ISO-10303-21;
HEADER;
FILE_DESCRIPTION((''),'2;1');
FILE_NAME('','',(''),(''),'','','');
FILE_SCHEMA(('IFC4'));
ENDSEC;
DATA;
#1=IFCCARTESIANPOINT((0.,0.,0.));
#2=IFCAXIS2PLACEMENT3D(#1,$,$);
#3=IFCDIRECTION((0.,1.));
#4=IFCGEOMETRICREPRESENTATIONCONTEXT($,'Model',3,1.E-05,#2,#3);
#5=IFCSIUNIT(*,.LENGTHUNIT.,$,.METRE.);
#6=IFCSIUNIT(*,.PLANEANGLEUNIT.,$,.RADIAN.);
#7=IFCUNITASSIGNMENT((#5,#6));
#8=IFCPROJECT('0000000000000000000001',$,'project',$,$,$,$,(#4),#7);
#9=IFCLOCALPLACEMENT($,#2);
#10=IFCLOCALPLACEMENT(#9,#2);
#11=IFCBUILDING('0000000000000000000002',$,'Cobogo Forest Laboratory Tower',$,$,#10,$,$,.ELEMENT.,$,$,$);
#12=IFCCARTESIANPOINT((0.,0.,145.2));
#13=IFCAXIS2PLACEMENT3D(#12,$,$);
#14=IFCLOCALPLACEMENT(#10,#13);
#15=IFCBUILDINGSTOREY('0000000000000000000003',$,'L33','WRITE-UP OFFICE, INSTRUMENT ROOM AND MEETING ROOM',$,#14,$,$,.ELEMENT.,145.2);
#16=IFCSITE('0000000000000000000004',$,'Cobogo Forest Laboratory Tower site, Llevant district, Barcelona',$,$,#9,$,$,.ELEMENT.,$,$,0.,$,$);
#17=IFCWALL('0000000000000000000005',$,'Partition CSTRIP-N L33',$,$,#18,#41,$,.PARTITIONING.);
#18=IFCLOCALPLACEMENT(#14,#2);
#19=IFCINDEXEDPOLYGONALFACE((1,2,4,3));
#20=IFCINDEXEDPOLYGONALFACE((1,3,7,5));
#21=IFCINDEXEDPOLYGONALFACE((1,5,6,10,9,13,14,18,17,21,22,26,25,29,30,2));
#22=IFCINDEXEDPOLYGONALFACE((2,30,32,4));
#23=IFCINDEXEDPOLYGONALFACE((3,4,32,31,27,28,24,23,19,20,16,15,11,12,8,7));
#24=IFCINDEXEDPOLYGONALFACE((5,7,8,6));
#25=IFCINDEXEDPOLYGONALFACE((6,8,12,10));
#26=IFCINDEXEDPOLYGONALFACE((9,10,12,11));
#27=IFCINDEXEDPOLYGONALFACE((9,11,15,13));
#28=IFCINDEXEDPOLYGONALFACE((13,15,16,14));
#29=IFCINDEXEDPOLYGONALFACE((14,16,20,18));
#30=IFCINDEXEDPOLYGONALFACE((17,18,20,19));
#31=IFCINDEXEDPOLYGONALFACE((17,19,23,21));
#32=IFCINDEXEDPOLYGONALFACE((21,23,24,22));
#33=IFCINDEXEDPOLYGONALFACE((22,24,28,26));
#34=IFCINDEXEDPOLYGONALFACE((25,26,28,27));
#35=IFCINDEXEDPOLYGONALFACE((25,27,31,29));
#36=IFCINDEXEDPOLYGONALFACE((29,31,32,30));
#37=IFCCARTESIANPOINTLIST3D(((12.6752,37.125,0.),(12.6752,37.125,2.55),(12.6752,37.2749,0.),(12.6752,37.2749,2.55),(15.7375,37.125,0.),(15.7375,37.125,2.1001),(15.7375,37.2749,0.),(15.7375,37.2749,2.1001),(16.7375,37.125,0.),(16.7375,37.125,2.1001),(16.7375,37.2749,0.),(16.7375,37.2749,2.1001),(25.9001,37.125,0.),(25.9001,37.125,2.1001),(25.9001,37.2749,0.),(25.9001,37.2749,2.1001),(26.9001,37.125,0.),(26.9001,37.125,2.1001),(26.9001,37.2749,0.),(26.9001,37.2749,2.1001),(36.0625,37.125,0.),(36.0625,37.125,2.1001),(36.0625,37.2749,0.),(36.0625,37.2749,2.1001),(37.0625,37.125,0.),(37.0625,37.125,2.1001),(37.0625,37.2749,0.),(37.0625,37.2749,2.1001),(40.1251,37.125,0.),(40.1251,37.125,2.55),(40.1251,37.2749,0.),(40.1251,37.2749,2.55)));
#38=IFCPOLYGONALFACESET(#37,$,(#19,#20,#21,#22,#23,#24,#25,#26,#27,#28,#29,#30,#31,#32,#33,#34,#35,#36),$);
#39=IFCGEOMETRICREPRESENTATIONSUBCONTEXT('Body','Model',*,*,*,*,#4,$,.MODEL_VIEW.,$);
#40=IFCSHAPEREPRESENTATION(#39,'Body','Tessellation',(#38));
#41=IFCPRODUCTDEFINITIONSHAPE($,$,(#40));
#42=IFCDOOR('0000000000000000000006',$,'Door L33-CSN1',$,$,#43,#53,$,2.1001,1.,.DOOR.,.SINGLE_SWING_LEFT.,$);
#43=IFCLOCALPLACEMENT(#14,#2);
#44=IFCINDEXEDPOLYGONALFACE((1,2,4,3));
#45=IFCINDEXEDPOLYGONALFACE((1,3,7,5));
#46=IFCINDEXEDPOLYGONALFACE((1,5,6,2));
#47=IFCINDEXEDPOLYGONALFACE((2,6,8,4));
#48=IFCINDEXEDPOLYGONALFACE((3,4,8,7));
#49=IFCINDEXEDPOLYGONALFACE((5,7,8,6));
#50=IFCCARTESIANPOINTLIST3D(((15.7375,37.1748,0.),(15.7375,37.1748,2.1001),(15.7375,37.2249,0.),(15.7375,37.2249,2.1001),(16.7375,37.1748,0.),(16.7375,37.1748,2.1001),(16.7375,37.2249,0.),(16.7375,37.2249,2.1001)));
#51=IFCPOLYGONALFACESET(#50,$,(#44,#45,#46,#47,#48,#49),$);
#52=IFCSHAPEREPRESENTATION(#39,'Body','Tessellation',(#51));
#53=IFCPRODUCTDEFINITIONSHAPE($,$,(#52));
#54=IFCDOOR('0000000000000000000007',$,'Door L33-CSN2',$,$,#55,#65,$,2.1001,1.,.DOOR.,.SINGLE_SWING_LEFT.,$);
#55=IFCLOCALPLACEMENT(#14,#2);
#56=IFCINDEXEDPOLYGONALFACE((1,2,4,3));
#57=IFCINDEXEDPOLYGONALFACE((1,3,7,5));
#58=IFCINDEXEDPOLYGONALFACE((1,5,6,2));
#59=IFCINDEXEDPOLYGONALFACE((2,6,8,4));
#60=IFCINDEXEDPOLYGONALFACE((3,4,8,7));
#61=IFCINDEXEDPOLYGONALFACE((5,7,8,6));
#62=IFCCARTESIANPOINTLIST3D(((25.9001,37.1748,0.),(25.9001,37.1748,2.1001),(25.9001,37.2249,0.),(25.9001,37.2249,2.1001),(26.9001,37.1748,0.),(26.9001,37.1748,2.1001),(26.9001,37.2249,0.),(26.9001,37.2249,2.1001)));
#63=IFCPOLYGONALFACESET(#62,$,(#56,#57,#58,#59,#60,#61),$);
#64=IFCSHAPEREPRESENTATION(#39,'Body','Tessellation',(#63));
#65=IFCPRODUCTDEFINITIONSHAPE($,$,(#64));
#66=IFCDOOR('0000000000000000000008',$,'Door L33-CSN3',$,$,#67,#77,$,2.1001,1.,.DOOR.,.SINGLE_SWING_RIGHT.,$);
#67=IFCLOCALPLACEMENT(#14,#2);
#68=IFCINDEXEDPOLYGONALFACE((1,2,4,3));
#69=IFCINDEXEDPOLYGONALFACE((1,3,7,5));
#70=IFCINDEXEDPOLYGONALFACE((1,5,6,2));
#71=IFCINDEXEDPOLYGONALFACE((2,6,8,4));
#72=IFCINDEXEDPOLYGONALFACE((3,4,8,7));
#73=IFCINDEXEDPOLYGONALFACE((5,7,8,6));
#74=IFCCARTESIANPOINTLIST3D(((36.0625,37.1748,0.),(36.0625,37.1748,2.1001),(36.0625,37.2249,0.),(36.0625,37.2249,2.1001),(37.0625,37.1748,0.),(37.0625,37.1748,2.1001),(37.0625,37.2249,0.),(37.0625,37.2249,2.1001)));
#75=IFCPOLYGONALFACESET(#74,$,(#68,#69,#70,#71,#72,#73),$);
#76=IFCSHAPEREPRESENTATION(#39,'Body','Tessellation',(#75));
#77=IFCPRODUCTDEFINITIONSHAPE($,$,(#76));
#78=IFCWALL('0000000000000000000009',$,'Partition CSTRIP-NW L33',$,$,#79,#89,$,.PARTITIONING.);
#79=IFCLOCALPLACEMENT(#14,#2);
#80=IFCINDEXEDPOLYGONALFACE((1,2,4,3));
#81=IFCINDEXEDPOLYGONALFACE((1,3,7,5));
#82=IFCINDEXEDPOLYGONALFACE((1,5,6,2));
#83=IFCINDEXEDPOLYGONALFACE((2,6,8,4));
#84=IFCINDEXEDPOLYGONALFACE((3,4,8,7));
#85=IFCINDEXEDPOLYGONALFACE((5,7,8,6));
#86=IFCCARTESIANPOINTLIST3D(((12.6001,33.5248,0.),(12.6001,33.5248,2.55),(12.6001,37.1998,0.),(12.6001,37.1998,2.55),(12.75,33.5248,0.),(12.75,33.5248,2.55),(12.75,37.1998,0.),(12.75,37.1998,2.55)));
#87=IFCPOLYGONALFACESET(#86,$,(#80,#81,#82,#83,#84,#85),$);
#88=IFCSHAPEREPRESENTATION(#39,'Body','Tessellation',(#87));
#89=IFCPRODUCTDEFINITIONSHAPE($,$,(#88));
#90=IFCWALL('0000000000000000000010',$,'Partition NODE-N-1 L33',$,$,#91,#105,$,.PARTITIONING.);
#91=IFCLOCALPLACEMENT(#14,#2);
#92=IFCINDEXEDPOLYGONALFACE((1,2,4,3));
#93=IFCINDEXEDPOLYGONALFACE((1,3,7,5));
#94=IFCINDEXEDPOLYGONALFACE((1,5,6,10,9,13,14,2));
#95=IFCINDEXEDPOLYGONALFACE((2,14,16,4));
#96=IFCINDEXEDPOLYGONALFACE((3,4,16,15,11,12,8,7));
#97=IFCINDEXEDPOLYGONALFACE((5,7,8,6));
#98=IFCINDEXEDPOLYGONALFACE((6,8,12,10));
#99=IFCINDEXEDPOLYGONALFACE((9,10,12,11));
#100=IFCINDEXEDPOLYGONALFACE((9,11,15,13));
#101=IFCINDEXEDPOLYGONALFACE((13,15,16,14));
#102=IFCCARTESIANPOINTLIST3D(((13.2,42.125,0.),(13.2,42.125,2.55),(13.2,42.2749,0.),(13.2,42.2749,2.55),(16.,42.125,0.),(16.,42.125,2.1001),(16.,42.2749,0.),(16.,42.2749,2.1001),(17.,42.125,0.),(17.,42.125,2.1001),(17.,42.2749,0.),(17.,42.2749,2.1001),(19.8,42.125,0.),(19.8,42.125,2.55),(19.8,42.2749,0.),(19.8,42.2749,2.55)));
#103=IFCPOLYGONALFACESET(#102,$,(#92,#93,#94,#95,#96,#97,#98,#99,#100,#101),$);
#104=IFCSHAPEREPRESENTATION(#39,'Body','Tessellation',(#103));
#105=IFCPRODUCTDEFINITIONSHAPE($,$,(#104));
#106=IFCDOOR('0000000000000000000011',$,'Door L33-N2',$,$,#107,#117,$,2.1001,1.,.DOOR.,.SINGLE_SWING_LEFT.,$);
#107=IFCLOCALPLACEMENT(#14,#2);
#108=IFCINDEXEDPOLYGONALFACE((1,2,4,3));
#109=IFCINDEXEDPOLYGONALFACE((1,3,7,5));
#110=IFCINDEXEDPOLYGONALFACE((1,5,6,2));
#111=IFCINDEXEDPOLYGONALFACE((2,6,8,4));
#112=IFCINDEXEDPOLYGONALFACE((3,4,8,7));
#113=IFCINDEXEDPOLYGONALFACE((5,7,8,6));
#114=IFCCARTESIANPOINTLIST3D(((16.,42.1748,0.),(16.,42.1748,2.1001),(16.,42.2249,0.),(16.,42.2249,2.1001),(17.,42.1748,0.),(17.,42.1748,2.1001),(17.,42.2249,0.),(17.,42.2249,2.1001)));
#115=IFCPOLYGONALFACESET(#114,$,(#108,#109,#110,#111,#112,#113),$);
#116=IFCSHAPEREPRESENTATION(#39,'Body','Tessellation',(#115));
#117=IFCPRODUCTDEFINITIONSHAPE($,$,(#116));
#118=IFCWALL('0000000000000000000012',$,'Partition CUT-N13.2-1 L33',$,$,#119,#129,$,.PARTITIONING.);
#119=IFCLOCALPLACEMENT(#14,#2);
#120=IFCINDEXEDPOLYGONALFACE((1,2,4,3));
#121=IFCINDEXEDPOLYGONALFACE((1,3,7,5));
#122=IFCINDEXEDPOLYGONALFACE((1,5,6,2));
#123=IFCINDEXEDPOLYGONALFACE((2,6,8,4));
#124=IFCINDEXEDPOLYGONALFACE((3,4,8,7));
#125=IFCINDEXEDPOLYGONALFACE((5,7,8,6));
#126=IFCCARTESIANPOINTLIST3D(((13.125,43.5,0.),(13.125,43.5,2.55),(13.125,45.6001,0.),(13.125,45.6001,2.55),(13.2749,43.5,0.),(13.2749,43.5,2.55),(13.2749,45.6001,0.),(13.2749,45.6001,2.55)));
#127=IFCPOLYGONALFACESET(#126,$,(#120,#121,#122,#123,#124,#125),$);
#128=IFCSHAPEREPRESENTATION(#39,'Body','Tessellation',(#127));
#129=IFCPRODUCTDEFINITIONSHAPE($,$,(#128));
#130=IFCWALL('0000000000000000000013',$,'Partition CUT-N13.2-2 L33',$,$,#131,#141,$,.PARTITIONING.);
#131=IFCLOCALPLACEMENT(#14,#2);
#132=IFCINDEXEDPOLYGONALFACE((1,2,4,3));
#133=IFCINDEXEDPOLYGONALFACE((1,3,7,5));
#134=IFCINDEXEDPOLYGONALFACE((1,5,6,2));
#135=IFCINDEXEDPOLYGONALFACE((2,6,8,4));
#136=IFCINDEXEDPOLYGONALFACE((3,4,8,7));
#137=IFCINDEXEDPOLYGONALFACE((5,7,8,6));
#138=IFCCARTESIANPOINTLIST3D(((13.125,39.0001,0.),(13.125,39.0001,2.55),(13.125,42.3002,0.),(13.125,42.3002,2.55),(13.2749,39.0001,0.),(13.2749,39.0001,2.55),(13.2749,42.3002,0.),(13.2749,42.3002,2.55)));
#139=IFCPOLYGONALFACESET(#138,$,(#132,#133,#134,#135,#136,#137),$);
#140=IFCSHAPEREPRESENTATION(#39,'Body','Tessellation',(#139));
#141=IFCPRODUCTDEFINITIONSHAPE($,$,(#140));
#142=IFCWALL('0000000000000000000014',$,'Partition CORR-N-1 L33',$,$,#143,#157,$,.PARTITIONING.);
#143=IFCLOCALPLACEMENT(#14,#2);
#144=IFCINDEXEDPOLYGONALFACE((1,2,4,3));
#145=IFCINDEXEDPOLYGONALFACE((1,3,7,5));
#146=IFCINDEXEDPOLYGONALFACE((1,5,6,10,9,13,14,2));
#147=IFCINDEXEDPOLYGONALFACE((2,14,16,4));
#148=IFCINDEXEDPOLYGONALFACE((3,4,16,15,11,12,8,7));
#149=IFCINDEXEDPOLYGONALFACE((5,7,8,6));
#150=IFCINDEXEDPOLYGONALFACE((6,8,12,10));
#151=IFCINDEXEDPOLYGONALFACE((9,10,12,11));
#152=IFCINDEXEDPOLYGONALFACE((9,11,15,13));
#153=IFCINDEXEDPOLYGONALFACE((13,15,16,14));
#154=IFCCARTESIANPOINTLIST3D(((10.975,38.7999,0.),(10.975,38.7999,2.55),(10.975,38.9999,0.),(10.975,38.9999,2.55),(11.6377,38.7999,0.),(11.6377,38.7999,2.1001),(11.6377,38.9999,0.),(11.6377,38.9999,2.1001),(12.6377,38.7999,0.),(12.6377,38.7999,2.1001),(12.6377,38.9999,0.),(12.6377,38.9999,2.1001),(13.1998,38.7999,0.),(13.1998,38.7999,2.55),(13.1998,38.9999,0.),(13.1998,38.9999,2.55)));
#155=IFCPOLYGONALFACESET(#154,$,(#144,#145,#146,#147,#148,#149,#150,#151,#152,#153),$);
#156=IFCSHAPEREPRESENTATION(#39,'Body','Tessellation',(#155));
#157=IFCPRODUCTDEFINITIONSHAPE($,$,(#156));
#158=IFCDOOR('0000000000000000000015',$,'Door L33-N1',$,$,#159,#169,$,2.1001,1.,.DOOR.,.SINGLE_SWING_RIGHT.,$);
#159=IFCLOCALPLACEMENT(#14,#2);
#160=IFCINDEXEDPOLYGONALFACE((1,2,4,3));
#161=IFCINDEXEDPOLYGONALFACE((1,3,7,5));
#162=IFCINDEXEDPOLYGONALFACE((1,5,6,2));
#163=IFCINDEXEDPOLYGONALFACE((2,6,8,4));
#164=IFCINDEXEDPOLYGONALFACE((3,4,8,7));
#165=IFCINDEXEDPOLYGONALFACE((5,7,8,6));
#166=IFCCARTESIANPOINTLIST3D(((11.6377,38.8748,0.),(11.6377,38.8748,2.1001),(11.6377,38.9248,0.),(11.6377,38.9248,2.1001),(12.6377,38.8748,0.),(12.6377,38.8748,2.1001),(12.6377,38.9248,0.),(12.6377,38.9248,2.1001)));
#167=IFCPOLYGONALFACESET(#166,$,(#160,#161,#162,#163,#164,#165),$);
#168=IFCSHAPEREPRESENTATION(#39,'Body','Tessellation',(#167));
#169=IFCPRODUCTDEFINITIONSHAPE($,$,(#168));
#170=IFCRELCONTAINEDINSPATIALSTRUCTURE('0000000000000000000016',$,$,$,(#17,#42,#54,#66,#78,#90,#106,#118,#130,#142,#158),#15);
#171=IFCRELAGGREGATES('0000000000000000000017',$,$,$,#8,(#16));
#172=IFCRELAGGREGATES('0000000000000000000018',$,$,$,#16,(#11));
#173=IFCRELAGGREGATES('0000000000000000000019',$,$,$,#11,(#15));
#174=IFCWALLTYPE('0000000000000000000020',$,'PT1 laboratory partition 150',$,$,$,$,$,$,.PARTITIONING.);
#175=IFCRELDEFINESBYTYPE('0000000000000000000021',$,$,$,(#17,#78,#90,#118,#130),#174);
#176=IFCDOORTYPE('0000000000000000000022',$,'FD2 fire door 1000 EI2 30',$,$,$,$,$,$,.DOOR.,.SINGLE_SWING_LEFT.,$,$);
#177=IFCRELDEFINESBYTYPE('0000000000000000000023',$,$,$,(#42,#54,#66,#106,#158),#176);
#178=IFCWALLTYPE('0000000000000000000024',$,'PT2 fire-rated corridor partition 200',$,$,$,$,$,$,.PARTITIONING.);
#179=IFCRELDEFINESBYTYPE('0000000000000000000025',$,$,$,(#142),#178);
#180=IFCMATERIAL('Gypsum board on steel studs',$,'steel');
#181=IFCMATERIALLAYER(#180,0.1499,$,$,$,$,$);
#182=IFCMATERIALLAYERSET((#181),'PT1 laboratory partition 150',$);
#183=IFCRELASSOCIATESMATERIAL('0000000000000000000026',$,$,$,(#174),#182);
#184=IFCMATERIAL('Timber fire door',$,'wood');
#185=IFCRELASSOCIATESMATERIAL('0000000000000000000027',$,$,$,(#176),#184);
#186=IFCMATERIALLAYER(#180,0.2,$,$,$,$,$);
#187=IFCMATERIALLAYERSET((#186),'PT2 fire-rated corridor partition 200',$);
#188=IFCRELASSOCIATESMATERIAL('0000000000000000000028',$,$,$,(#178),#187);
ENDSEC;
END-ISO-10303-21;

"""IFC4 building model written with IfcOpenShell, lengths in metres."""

from ifc_helpers import new_model, si_unit, direction, frame, frame_2d, origin, place, context, subcontext, project, spatial, rectangle, extrude, material, layer, layer_set, type_object, element, fill, save


model = new_model("IFC4")

# Units and contexts
model_context = context("Model", 3, precision=1e-05, world=origin(), true_north=direction((0.0, 1.0)))
body_context = subcontext(model_context, "Body", "Model", "MODEL_VIEW")
ifc_project = project(units=[si_unit("LENGTHUNIT", "METRE"), si_unit("PLANEANGLEUNIT", "RADIAN")], contexts=[model_context])

# Site, building, storey
site_placement = place(None, origin())
site = spatial("IfcSite", under=ifc_project, at=site_placement, Name="Cobogo Forest Laboratory Tower site, Llevant district, Barcelona", CompositionType="ELEMENT", RefElevation=0.0)
building_placement = place(site_placement, origin())
building = spatial("IfcBuilding", under=site, at=building_placement, Name="Cobogo Forest Laboratory Tower", CompositionType="ELEMENT")
storey_placement = place(building_placement, frame((0.0, 0.0, 145.2)))
storey = spatial("IfcBuildingStorey", under=building, at=storey_placement, Name="L33", Description="WRITE-UP OFFICE, INSTRUMENT ROOM AND MEETING ROOM", CompositionType="ELEMENT", Elevation=145.2)

# Wall, openings, doors
ifc_material_1 = material(Name="Gypsum board on steel studs", Category="steel")
ifc_layer_1 = layer(ifc_material_1, 0.1499)
ifc_layer_set_1 = layer_set([ifc_layer_1], Name="PT1 laboratory partition 150")
wall_type_1 = type_object("IfcWallType", Name="PT1 laboratory partition 150", PredefinedType="PARTITIONING", material=ifc_layer_set_1)
wall_1_placement = place(storey_placement, frame((12.675, 37.2, 0.0), z_axis=(0.0, 0.0, 1.0), x_axis=(1.0, 0.0, 0.0)))
wall_1 = element("IfcWall", 1, at=wall_1_placement, inside=storey, type_object=wall_type_1, Name="Partition CSTRIP-N L33", PredefinedType="PARTITIONING", context=body_context, shape_type="SweptSolid", body=[
    extrude(rectangle(XDim=27.45, YDim=0.1499, at=frame_2d((13.7251, 0.0))), origin(), (0.0, 0.0, 1.0), 2.55),
])
opening_1_placement = place(wall_1_placement, frame((3.0625, 0.0, 0.0)))
opening_1 = element("IfcOpeningElement", 2, at=opening_1_placement, cuts=wall_1, PredefinedType="OPENING", context=body_context, shape_type="SweptSolid", body=[
    extrude(rectangle(XDim=1.0, YDim=2.1001, at=frame_2d((0.5, 1.05))), frame((0.0, 0.085, 0.0), z_axis=(0.0, -1.0, 0.0), x_axis=(1.0, 0.0, 0.0)), (0.0, 0.0, 1.0), 0.1699),
])
opening_2_placement = place(wall_1_placement, frame((13.2251, 0.0, 0.0)))
opening_2 = element("IfcOpeningElement", 3, at=opening_2_placement, cuts=wall_1, PredefinedType="OPENING", context=body_context, shape_type="SweptSolid", body=[
    extrude(rectangle(XDim=1.0, YDim=2.1001, at=frame_2d((0.5, 1.05))), frame((0.0, 0.085, 0.0), z_axis=(0.0, -1.0, 0.0), x_axis=(1.0, 0.0, 0.0)), (0.0, 0.0, 1.0), 0.1699),
])
opening_3_placement = place(wall_1_placement, frame((23.3875, 0.0, 0.0)))
opening_3 = element("IfcOpeningElement", 4, at=opening_3_placement, cuts=wall_1, PredefinedType="OPENING", context=body_context, shape_type="SweptSolid", body=[
    extrude(rectangle(XDim=1.0, YDim=2.1001, at=frame_2d((0.5, 1.05))), frame((0.0, 0.085, 0.0), z_axis=(0.0, -1.0, 0.0), x_axis=(1.0, 0.0, 0.0)), (0.0, 0.0, 1.0), 0.1699),
])
ifc_material_2 = material(Name="Timber fire door", Category="wood")
door_type = type_object("IfcDoorType", Name="FD2 fire door 1000 EI2 30", OperationType="SINGLE_SWING_LEFT", PredefinedType="DOOR", material=ifc_material_2)
door_1_placement = place(opening_1_placement, origin())
door_1 = element("IfcDoor", 5, at=door_1_placement, inside=storey, type_object=door_type, Name="Door L33-CSN1", OperationType="SINGLE_SWING_LEFT", OverallHeight=2.1001, OverallWidth=1.0, PredefinedType="DOOR", context=body_context, shape_type="SweptSolid", body=[
    extrude(rectangle(XDim=1.0, YDim=2.1001, at=frame_2d((0.5, 1.05))), frame((0.0, 0.0249, 0.0), z_axis=(0.0, -1.0, 0.0), x_axis=(1.0, 0.0, 0.0)), (0.0, 0.0, 1.0), 0.05),
])
fill(opening_1, door_1)
door_2_placement = place(opening_2_placement, origin())
door_2 = element("IfcDoor", 6, at=door_2_placement, inside=storey, type_object=door_type, Name="Door L33-CSN2", OperationType="SINGLE_SWING_LEFT", OverallHeight=2.1001, OverallWidth=1.0, PredefinedType="DOOR", context=body_context, shape_type="SweptSolid", body=[
    extrude(rectangle(XDim=1.0, YDim=2.1001, at=frame_2d((0.5, 1.05))), frame((0.0, 0.0249, 0.0), z_axis=(0.0, -1.0, 0.0), x_axis=(1.0, 0.0, 0.0)), (0.0, 0.0, 1.0), 0.05),
])
fill(opening_2, door_2)
door_3_placement = place(opening_3_placement, origin())
door_3 = element("IfcDoor", 7, at=door_3_placement, inside=storey, type_object=door_type, Name="Door L33-CSN3", OperationType="SINGLE_SWING_RIGHT", OverallHeight=2.1001, OverallWidth=1.0, PredefinedType="DOOR", context=body_context, shape_type="SweptSolid", body=[
    extrude(rectangle(XDim=1.0, YDim=2.1001, at=frame_2d((0.5, 1.05))), frame((0.0, 0.0249, 0.0), z_axis=(0.0, -1.0, 0.0), x_axis=(1.0, 0.0, 0.0)), (0.0, 0.0, 1.0), 0.05),
])
fill(opening_3, door_3)

# Wall
wall_2_placement = place(storey_placement, frame((12.675, 33.5249, 0.0), z_axis=(0.0, 0.0, 1.0), x_axis=(0.0, 1.0, 0.0)))
element("IfcWall", 8, at=wall_2_placement, inside=storey, type_object=wall_type_1, Name="Partition CSTRIP-NW L33", PredefinedType="PARTITIONING", context=body_context, shape_type="SweptSolid", body=[
    extrude(rectangle(XDim=3.675, YDim=0.1499, at=frame_2d((1.8374, 0.0))), origin(), (0.0, 0.0, 1.0), 2.55),
])

# Wall, opening, door
wall_3_placement = place(storey_placement, frame((13.2, 42.2, 0.0), z_axis=(0.0, 0.0, 1.0), x_axis=(1.0, 0.0, 0.0)))
wall_3 = element("IfcWall", 9, at=wall_3_placement, inside=storey, type_object=wall_type_1, Name="Partition NODE-N-1 L33", PredefinedType="PARTITIONING", context=body_context, shape_type="SweptSolid", body=[
    extrude(rectangle(XDim=6.6001, YDim=0.1499, at=frame_2d((3.3, 0.0))), origin(), (0.0, 0.0, 1.0), 2.55),
])
opening_4_placement = place(wall_3_placement, frame((2.8, 0.0, 0.0)))
opening_4 = element("IfcOpeningElement", 10, at=opening_4_placement, cuts=wall_3, PredefinedType="OPENING", context=body_context, shape_type="SweptSolid", body=[
    extrude(rectangle(XDim=1.0, YDim=2.1001, at=frame_2d((0.5, 1.05))), frame((0.0, 0.085, 0.0), z_axis=(0.0, -1.0, 0.0), x_axis=(1.0, 0.0, 0.0)), (0.0, 0.0, 1.0), 0.1699),
])
door_4_placement = place(opening_4_placement, origin())
door_4 = element("IfcDoor", 11, at=door_4_placement, inside=storey, type_object=door_type, Name="Door L33-N2", OperationType="SINGLE_SWING_LEFT", OverallHeight=2.1001, OverallWidth=1.0, PredefinedType="DOOR", context=body_context, shape_type="SweptSolid", body=[
    extrude(rectangle(XDim=1.0, YDim=2.1001, at=frame_2d((0.5, 1.05))), frame((0.0, 0.0249, 0.0), z_axis=(0.0, -1.0, 0.0), x_axis=(1.0, 0.0, 0.0)), (0.0, 0.0, 1.0), 0.05),
])
fill(opening_4, door_4)

# Walls
wall_4_placement = place(storey_placement, frame((13.2, 45.6001, 0.0), z_axis=(0.0, 0.0, 1.0), x_axis=(0.0, -1.0, 0.0)))
element("IfcWall", 12, at=wall_4_placement, inside=storey, type_object=wall_type_1, Name="Partition CUT-N13.2-1 L33", PredefinedType="PARTITIONING", context=body_context, shape_type="SweptSolid", body=[
    extrude(rectangle(XDim=2.1001, YDim=0.1499, at=frame_2d((1.05, 0.0))), origin(), (0.0, 0.0, 1.0), 2.55),
])
wall_5_placement = place(storey_placement, frame((13.2, 42.3, 0.0), z_axis=(0.0, 0.0, 1.0), x_axis=(0.0, -1.0, 0.0)))
element("IfcWall", 13, at=wall_5_placement, inside=storey, type_object=wall_type_1, Name="Partition CUT-N13.2-2 L33", PredefinedType="PARTITIONING", context=body_context, shape_type="SweptSolid", body=[
    extrude(rectangle(XDim=3.3, YDim=0.1499, at=frame_2d((1.6499, 0.0))), origin(), (0.0, 0.0, 1.0), 2.55),
])

# Wall, opening, door
ifc_layer_2 = layer(ifc_material_1, 0.2)
ifc_layer_set_2 = layer_set([ifc_layer_2], Name="PT2 fire-rated corridor partition 200")
wall_type_2 = type_object("IfcWallType", Name="PT2 fire-rated corridor partition 200", PredefinedType="PARTITIONING", material=ifc_layer_set_2)
wall_6_placement = place(storey_placement, frame((10.9751, 38.8999, 0.0), z_axis=(0.0, 0.0, 1.0), x_axis=(1.0, 0.0, 0.0)))
wall_6 = element("IfcWall", 14, at=wall_6_placement, inside=storey, type_object=wall_type_2, Name="Partition CORR-N-1 L33", PredefinedType="PARTITIONING", context=body_context, shape_type="SweptSolid", body=[
    extrude(rectangle(XDim=2.2249, YDim=0.2, at=frame_2d((1.1123, 0.0))), origin(), (0.0, 0.0, 1.0), 2.55),
])
opening_5_placement = place(wall_6_placement, frame((0.6626, 0.0, 0.0)))
opening_5 = element("IfcOpeningElement", 15, at=opening_5_placement, cuts=wall_6, PredefinedType="OPENING", context=body_context, shape_type="SweptSolid", body=[
    extrude(rectangle(XDim=1.0, YDim=2.1001, at=frame_2d((0.5, 1.05))), frame((0.0, 0.1099, 0.0), z_axis=(0.0, -1.0, 0.0), x_axis=(1.0, 0.0, 0.0)), (0.0, 0.0, 1.0), 0.22),
])
door_5_placement = place(opening_5_placement, origin())
door_5 = element("IfcDoor", 16, at=door_5_placement, inside=storey, type_object=door_type, Name="Door L33-N1", OperationType="SINGLE_SWING_RIGHT", OverallHeight=2.1001, OverallWidth=1.0, PredefinedType="DOOR", context=body_context, shape_type="SweptSolid", body=[
    extrude(rectangle(XDim=1.0, YDim=2.1001, at=frame_2d((0.5, 1.05))), frame((0.0, 0.0249, 0.0), z_axis=(0.0, -1.0, 0.0), x_axis=(1.0, 0.0, 0.0)), (0.0, 0.0, 1.0), 0.05),
])
fill(opening_5, door_5)

save(model, "model.ifc")
